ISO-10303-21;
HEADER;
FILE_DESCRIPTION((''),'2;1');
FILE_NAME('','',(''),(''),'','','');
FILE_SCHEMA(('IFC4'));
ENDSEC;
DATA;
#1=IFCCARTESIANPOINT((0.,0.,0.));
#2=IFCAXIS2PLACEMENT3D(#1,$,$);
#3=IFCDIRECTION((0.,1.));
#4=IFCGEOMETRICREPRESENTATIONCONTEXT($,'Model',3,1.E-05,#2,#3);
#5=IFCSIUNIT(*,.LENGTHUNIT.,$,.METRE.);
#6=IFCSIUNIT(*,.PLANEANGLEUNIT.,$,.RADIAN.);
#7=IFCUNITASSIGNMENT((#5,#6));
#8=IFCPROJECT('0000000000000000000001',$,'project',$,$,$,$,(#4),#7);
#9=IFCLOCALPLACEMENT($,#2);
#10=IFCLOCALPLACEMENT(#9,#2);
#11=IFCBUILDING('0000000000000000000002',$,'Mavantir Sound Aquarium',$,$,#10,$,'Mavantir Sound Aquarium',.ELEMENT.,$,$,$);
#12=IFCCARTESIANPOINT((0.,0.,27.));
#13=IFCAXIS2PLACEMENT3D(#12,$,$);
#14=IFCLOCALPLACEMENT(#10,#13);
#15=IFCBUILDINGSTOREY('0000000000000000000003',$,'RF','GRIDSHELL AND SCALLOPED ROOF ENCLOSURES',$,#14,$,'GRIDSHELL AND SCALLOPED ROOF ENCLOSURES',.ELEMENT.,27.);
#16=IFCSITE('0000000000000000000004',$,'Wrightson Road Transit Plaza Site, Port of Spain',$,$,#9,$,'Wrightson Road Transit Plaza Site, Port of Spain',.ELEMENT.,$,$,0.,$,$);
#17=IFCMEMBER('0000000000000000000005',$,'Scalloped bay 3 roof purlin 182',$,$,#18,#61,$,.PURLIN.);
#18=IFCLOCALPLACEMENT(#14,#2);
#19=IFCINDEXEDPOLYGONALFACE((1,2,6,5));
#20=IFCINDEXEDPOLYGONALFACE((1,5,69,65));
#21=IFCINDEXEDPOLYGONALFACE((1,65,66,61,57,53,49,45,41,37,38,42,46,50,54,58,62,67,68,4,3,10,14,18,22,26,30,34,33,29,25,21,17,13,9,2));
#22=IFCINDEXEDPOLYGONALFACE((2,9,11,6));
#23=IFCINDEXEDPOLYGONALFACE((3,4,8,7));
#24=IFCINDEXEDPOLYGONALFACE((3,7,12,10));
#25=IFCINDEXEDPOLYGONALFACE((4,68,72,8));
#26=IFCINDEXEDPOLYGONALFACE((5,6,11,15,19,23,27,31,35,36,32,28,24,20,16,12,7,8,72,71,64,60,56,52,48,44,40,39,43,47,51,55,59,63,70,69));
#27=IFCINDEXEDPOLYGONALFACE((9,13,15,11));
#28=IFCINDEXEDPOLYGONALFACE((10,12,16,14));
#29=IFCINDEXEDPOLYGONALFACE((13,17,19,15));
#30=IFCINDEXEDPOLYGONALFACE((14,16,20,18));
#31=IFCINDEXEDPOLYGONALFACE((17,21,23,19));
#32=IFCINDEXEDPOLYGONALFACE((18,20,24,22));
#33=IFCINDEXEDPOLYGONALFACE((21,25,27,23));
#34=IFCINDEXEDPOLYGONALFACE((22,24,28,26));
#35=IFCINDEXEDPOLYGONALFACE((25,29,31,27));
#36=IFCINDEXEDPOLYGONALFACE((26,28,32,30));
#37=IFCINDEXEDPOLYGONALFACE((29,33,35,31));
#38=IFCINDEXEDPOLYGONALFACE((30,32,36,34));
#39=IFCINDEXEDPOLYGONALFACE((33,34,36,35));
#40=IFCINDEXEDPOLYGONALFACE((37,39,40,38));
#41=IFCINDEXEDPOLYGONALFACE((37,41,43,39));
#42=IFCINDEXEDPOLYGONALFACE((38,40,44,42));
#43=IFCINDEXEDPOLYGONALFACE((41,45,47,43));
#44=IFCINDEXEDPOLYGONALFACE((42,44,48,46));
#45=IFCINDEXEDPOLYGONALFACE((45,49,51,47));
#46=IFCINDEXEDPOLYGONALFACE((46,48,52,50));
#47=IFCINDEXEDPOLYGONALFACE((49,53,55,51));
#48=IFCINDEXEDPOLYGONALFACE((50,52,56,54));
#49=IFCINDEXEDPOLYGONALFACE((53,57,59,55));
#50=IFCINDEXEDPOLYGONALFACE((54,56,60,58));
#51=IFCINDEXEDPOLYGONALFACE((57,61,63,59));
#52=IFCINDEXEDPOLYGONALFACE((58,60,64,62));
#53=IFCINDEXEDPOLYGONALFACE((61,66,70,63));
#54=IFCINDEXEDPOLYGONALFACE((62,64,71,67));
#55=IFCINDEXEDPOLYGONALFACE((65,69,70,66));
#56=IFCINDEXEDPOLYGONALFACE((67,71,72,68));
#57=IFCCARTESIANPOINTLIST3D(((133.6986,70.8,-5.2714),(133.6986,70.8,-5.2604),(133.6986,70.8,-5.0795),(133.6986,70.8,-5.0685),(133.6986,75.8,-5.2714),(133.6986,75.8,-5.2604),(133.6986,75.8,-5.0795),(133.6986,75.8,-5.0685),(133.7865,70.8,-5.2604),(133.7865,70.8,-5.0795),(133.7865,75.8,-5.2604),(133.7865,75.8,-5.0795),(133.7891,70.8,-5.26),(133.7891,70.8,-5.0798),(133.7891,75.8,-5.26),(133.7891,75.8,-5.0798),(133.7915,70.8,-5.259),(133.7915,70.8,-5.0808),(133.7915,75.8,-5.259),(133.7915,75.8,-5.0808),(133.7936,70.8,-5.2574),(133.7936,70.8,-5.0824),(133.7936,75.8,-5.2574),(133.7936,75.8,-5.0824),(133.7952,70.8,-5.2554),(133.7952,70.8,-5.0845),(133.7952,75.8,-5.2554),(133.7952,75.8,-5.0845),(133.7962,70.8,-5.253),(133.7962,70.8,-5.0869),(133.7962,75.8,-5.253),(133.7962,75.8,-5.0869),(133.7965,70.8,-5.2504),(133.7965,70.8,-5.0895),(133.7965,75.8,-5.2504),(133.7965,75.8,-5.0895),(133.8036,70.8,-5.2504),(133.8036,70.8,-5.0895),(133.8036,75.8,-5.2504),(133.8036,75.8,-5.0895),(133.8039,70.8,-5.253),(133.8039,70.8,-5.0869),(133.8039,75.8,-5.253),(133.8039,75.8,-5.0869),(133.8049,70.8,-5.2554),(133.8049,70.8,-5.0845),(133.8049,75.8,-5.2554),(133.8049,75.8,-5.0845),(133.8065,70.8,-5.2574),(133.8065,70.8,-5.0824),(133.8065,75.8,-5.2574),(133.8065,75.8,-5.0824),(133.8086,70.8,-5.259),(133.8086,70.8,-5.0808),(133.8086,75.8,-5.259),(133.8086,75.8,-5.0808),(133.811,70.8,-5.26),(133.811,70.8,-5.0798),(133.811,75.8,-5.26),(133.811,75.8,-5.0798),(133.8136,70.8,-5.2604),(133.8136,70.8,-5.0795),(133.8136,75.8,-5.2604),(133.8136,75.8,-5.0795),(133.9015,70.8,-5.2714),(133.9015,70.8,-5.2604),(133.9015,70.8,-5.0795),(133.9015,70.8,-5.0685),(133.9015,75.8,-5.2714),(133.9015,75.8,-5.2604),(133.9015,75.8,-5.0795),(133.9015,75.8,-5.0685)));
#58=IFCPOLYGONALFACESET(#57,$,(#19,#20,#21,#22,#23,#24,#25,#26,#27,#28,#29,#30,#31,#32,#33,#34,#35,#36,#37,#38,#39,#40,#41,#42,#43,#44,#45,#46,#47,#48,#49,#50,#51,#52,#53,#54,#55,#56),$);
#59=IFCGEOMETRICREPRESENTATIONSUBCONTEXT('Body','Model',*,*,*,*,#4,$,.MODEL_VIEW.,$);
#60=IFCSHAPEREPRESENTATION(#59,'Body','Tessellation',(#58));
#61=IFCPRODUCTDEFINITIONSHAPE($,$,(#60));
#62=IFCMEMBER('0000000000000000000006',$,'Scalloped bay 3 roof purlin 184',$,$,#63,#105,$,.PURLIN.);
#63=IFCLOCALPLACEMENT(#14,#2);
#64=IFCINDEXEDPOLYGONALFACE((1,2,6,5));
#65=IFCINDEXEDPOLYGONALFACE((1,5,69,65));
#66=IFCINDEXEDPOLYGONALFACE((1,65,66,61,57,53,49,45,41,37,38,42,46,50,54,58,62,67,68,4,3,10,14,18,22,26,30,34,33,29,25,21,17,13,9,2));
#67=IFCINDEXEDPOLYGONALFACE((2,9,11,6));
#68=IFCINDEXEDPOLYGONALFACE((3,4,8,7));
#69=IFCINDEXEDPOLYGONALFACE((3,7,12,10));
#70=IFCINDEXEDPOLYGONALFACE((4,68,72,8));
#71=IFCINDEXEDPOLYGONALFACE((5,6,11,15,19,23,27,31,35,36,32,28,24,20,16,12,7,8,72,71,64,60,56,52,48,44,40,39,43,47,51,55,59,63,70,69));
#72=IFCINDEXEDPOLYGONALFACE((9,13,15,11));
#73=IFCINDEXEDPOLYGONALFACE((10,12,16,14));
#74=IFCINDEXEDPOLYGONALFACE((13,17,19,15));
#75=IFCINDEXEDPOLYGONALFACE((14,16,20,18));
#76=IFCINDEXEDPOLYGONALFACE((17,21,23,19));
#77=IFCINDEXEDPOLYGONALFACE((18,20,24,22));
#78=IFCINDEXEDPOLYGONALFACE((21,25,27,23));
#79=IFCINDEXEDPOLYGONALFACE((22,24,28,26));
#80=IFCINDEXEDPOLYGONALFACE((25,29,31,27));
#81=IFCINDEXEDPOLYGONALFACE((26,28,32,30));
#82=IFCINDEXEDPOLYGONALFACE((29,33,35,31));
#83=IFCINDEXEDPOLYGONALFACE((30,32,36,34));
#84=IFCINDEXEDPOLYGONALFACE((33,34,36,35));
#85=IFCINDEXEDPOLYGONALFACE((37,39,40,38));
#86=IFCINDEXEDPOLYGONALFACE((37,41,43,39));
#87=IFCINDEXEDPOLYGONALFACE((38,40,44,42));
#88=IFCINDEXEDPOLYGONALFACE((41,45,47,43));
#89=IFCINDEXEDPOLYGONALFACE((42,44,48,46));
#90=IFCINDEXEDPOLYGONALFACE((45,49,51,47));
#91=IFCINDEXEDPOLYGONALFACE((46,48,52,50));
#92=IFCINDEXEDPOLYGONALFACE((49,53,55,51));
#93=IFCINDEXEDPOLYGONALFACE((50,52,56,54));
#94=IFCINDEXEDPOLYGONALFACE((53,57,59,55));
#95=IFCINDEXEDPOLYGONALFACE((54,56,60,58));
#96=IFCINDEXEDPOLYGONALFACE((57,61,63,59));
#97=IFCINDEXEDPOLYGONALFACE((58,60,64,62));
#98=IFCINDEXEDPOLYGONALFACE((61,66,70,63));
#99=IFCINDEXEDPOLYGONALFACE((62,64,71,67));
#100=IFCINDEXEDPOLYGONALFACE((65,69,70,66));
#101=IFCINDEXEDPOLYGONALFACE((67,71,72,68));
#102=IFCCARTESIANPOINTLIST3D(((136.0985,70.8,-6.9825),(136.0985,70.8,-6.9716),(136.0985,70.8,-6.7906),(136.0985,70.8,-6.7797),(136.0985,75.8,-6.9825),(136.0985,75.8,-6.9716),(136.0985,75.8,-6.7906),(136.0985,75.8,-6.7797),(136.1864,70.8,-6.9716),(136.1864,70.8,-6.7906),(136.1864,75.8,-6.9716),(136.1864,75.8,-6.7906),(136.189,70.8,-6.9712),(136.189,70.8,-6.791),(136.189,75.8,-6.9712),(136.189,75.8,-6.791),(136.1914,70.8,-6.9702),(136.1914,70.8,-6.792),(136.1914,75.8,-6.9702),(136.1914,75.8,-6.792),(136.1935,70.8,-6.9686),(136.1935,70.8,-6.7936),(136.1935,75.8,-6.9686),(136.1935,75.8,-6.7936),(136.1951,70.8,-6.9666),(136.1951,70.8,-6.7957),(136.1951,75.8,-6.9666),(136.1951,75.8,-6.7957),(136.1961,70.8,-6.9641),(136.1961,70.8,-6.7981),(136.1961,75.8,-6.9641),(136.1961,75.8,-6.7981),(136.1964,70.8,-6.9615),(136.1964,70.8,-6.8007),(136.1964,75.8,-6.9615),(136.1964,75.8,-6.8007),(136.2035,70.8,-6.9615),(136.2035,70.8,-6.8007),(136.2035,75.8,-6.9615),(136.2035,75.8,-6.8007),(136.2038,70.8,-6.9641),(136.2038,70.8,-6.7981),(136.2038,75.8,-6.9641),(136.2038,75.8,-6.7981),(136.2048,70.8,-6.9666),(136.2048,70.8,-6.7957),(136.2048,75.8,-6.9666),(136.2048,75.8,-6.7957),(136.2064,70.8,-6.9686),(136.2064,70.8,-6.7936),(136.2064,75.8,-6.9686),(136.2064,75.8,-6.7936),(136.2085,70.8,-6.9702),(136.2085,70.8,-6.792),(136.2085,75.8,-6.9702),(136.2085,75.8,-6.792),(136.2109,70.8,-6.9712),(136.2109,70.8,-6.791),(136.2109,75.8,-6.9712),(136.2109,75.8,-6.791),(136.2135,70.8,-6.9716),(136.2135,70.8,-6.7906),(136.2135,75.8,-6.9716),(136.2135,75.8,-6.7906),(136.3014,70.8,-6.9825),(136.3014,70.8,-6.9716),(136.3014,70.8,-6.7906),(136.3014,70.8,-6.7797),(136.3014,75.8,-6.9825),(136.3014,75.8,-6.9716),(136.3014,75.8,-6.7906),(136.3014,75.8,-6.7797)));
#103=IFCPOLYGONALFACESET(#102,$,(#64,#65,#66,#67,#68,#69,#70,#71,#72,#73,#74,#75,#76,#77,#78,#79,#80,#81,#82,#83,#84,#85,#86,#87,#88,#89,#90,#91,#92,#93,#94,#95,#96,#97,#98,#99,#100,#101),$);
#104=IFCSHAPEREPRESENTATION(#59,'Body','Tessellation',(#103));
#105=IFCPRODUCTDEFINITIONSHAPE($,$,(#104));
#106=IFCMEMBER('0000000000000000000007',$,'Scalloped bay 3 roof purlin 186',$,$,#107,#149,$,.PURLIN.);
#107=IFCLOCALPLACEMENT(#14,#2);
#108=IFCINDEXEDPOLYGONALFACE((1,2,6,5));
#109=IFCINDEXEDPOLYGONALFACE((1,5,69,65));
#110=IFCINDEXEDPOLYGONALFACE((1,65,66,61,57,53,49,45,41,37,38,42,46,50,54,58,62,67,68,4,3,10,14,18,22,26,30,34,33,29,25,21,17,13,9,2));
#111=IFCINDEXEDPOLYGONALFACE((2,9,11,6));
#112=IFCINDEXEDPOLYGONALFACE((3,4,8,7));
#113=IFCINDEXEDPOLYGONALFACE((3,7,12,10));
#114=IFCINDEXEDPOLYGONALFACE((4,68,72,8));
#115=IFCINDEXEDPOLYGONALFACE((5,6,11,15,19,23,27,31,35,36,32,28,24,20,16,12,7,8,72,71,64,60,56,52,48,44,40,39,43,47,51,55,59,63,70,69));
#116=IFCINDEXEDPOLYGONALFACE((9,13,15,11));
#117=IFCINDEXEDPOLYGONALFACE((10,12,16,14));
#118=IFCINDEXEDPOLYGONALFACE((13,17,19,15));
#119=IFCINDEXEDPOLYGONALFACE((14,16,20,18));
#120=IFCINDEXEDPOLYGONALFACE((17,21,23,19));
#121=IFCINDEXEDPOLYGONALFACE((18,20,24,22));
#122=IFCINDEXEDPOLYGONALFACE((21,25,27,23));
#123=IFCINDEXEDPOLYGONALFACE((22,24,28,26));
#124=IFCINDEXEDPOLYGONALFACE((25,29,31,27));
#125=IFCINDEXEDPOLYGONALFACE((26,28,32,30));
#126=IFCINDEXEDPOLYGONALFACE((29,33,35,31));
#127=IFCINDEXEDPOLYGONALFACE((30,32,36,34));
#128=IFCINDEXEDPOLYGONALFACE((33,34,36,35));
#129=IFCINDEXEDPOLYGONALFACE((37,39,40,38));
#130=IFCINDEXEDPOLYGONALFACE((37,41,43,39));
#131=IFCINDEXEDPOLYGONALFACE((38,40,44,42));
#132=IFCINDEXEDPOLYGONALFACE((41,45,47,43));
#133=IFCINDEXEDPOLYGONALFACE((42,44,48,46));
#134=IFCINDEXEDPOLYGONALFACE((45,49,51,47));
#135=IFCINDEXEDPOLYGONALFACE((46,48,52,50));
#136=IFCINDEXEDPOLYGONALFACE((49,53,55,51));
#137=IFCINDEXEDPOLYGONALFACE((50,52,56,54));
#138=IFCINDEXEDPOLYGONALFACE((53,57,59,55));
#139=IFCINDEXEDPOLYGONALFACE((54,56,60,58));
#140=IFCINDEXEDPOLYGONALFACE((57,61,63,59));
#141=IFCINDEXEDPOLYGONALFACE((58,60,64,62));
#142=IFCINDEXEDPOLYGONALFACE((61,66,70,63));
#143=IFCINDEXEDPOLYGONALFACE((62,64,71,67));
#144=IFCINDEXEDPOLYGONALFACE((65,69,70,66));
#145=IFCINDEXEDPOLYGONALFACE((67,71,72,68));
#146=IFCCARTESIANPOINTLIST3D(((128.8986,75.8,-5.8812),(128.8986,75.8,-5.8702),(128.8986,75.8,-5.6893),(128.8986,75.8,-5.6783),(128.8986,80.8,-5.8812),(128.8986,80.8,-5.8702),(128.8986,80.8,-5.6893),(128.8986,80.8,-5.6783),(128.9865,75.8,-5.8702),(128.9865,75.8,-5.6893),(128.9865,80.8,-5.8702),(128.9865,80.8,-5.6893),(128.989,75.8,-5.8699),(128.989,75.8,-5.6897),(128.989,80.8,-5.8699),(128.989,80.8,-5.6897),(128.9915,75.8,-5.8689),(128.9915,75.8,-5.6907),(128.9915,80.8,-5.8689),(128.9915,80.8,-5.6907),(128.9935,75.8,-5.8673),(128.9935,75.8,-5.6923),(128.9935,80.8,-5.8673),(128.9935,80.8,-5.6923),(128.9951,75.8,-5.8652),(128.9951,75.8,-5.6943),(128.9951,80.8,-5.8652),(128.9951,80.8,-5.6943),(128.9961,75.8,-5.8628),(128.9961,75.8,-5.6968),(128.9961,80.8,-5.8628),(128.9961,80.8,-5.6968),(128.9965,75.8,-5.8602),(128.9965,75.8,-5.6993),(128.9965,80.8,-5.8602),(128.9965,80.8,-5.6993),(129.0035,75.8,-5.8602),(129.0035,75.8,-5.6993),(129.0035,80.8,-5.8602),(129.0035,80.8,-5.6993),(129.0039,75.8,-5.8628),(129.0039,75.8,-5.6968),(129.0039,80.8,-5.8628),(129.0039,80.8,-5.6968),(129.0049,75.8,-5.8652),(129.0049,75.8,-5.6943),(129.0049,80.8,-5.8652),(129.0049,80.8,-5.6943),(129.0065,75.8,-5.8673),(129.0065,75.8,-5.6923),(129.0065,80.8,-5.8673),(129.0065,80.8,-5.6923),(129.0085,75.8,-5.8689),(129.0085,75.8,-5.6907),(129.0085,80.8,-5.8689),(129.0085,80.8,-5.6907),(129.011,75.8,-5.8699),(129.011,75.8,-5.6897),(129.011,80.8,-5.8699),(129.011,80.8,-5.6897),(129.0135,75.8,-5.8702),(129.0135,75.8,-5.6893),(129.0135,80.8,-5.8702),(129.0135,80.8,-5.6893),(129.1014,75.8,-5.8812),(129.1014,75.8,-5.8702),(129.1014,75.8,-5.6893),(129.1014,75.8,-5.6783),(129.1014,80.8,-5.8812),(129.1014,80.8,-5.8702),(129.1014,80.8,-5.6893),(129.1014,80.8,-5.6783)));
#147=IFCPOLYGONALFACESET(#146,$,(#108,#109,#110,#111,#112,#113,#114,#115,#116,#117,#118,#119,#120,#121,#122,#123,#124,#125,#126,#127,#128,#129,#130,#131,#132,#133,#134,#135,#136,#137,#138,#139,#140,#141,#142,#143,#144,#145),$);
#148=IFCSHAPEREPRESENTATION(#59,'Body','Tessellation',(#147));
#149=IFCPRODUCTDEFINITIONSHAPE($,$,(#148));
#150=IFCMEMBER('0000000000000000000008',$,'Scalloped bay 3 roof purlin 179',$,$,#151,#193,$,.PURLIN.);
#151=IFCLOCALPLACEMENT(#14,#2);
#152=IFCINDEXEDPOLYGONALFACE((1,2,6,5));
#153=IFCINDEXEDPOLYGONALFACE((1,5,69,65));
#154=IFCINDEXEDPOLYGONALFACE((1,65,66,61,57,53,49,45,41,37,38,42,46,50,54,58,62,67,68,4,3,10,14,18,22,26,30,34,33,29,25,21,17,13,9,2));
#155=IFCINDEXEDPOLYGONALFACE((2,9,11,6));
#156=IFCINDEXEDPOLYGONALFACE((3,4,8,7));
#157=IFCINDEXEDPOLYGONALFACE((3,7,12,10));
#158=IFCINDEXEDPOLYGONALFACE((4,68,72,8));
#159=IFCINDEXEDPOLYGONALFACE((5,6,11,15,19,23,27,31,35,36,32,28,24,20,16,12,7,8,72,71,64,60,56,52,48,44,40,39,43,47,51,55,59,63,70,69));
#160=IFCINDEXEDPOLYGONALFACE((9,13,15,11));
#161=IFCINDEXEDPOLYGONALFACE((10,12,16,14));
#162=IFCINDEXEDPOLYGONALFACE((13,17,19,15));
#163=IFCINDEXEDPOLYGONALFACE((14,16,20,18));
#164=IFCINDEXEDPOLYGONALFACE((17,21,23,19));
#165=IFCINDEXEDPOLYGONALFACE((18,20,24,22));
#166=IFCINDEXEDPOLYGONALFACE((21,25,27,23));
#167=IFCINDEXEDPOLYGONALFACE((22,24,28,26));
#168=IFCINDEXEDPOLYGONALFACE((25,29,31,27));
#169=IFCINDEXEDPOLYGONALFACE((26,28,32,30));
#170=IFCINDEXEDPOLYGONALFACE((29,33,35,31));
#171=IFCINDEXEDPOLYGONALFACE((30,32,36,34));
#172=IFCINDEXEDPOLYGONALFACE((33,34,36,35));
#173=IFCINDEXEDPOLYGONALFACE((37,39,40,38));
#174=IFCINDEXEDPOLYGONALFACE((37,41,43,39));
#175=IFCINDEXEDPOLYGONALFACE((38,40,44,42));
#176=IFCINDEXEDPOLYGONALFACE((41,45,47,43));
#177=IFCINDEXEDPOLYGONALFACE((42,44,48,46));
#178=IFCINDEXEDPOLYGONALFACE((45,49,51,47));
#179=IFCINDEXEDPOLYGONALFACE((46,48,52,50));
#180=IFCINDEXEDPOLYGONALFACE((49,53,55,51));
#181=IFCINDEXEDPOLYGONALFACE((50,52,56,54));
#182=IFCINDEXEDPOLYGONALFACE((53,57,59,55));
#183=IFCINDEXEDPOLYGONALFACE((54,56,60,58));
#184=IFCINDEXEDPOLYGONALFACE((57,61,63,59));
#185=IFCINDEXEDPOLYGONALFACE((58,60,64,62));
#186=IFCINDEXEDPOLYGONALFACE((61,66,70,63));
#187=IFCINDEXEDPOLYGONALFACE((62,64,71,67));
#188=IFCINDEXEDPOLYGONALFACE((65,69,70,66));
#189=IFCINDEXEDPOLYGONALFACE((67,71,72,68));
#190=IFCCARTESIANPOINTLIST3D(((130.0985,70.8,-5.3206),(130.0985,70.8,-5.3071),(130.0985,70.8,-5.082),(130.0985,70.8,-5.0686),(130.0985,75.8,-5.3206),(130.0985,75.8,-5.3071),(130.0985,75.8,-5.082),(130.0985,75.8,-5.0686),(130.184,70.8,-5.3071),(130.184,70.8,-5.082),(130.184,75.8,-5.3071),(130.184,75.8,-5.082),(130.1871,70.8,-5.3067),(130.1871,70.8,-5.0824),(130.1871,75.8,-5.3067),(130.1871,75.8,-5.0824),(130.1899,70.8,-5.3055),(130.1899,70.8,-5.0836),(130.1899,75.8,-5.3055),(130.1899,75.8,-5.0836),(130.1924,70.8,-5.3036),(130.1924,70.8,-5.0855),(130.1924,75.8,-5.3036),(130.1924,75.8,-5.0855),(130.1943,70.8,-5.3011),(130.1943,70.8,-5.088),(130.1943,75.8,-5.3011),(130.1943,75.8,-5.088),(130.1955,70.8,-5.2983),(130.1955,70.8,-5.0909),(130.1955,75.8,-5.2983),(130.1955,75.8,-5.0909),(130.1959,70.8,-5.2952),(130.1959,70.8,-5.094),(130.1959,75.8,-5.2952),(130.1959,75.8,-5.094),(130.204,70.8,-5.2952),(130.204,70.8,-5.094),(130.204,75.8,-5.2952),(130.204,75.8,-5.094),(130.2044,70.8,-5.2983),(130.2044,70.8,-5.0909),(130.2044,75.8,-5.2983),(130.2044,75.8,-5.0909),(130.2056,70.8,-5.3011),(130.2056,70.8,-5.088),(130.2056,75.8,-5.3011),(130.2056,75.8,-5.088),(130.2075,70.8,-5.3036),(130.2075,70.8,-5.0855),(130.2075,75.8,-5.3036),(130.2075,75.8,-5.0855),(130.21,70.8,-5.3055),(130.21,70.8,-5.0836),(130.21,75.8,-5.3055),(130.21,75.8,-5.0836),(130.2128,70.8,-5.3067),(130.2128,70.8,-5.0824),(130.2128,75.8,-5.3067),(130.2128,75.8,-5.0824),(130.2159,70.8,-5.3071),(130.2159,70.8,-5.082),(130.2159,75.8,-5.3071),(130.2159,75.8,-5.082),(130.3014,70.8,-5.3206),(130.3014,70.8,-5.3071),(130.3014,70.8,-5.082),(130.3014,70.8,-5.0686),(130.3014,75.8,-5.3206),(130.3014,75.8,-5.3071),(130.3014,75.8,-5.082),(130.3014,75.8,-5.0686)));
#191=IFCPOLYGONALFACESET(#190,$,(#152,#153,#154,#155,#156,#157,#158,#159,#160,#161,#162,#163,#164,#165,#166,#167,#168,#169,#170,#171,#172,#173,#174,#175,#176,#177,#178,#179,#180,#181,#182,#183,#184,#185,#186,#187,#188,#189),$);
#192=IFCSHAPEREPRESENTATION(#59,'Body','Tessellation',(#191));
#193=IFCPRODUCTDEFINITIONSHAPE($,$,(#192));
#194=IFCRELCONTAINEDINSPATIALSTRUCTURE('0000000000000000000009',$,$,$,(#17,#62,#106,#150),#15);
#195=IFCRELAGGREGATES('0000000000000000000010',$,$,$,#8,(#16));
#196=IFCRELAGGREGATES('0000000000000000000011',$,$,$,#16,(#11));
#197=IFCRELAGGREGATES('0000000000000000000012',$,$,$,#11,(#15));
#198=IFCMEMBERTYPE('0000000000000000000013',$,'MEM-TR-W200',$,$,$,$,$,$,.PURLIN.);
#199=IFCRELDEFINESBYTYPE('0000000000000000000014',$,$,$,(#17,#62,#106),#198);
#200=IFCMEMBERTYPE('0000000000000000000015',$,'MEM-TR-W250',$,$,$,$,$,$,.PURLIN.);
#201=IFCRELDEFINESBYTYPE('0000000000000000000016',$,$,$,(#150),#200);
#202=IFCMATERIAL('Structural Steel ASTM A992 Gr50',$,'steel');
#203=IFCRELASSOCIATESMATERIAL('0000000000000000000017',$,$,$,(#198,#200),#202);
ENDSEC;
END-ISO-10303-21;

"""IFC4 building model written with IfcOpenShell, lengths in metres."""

from ifc_helpers import new_model, si_unit, direction, frame, origin, origin_2d, place, context, subcontext, project, spatial, i_section, extrude, material, material_profile, profile_set, type_object, element, save


model = new_model("IFC4")

# Units and contexts
model_context = context("Model", 3, precision=1e-05, world=origin(), true_north=direction((0.0, 1.0)))
body_context = subcontext(model_context, "Body", "Model", "MODEL_VIEW")
ifc_project = project(units=[si_unit("LENGTHUNIT", "METRE"), si_unit("PLANEANGLEUNIT", "RADIAN")], contexts=[model_context])

# Site, building, storey
site_placement = place(None, origin())
site = spatial("IfcSite", under=ifc_project, at=site_placement, Name="Wrightson Road Transit Plaza Site, Port of Spain", LongName="Wrightson Road Transit Plaza Site, Port of Spain", CompositionType="ELEMENT", RefElevation=0.0)
building_placement = place(site_placement, origin())
building = spatial("IfcBuilding", under=site, at=building_placement, Name="Mavantir Sound Aquarium", LongName="Mavantir Sound Aquarium", CompositionType="ELEMENT")
storey_placement = place(building_placement, frame((0.0, 0.0, 27.0)))
storey = spatial("IfcBuildingStorey", under=building, at=storey_placement, Name="RF", Description="GRIDSHELL AND SCALLOPED ROOF ENCLOSURES", LongName="GRIDSHELL AND SCALLOPED ROOF ENCLOSURES", CompositionType="ELEMENT", Elevation=27.0)

# Shared definitions
ifc_material_1 = material(Name="Structural Steel ASTM A992 Gr50", Category="steel")

# Members
ifc_material_profile_1 = material_profile(ifc_material_1, i_section(OverallWidth=0.2029, OverallDepth=0.2029, WebThickness=0.0071, FlangeThickness=0.011, FilletRadius=0.01, at=origin_2d()), Name="W200X46")
ifc_profile_set_1 = profile_set([ifc_material_profile_1], Name="Structural Steel ASTM A992 Gr50")
member_type_1 = type_object("IfcMemberType", Name="MEM-TR-W200", PredefinedType="PURLIN", material=ifc_profile_set_1)
for number, where, z_axis, x_axis, name in (
    (1, (133.8, 70.8, -5.1699), (0.0, 1.0, 0.0), (-1.0, 0.0, 0.0), "Scalloped bay 3 roof purlin 182"),
    (2, (136.2, 70.8, -6.8811), (0.0, 1.0, 0.0), (-1.0, 0.0, 0.0), "Scalloped bay 3 roof purlin 184"),
    (3, (129.0, 75.8, -5.7798), (0.0, 1.0, 0.0), (-1.0, 0.0, 0.0), "Scalloped bay 3 roof purlin 186"),
):
    element("IfcMember", number, at=place(storey_placement, frame(where, z_axis=z_axis, x_axis=x_axis)), inside=storey, type_object=member_type_1, Name=name, PredefinedType="PURLIN", context=body_context, shape_type="SweptSolid", body=[
        extrude(i_section(OverallWidth=0.2029, OverallDepth=0.2029, WebThickness=0.0071, FlangeThickness=0.011, FilletRadius=0.01, at=origin_2d()), origin(), (0.0, 0.0, 1.0), 5.0),
    ])
ifc_material_profile_2 = material_profile(ifc_material_1, i_section(OverallWidth=0.2029, OverallDepth=0.252, WebThickness=0.0081, FlangeThickness=0.0134, FilletRadius=0.012, at=origin_2d()), Name="W250X58")
ifc_profile_set_2 = profile_set([ifc_material_profile_2], Name="Structural Steel ASTM A992 Gr50")
member_type_2 = type_object("IfcMemberType", Name="MEM-TR-W250", PredefinedType="PURLIN", material=ifc_profile_set_2)
for number, where, z_axis, x_axis, name in (
    (4, (130.2, 70.8, -5.1946), (0.0, 1.0, 0.0), (-1.0, 0.0, 0.0), "Scalloped bay 3 roof purlin 179"),
):
    element("IfcMember", number, at=place(storey_placement, frame(where, z_axis=z_axis, x_axis=x_axis)), inside=storey, type_object=member_type_2, Name=name, PredefinedType="PURLIN", context=body_context, shape_type="SweptSolid", body=[
        extrude(i_section(OverallWidth=0.2029, OverallDepth=0.252, WebThickness=0.0081, FlangeThickness=0.0134, FilletRadius=0.012, at=origin_2d()), origin(), (0.0, 0.0, 1.0), 5.0),
    ])

save(model, "model.ifc")
